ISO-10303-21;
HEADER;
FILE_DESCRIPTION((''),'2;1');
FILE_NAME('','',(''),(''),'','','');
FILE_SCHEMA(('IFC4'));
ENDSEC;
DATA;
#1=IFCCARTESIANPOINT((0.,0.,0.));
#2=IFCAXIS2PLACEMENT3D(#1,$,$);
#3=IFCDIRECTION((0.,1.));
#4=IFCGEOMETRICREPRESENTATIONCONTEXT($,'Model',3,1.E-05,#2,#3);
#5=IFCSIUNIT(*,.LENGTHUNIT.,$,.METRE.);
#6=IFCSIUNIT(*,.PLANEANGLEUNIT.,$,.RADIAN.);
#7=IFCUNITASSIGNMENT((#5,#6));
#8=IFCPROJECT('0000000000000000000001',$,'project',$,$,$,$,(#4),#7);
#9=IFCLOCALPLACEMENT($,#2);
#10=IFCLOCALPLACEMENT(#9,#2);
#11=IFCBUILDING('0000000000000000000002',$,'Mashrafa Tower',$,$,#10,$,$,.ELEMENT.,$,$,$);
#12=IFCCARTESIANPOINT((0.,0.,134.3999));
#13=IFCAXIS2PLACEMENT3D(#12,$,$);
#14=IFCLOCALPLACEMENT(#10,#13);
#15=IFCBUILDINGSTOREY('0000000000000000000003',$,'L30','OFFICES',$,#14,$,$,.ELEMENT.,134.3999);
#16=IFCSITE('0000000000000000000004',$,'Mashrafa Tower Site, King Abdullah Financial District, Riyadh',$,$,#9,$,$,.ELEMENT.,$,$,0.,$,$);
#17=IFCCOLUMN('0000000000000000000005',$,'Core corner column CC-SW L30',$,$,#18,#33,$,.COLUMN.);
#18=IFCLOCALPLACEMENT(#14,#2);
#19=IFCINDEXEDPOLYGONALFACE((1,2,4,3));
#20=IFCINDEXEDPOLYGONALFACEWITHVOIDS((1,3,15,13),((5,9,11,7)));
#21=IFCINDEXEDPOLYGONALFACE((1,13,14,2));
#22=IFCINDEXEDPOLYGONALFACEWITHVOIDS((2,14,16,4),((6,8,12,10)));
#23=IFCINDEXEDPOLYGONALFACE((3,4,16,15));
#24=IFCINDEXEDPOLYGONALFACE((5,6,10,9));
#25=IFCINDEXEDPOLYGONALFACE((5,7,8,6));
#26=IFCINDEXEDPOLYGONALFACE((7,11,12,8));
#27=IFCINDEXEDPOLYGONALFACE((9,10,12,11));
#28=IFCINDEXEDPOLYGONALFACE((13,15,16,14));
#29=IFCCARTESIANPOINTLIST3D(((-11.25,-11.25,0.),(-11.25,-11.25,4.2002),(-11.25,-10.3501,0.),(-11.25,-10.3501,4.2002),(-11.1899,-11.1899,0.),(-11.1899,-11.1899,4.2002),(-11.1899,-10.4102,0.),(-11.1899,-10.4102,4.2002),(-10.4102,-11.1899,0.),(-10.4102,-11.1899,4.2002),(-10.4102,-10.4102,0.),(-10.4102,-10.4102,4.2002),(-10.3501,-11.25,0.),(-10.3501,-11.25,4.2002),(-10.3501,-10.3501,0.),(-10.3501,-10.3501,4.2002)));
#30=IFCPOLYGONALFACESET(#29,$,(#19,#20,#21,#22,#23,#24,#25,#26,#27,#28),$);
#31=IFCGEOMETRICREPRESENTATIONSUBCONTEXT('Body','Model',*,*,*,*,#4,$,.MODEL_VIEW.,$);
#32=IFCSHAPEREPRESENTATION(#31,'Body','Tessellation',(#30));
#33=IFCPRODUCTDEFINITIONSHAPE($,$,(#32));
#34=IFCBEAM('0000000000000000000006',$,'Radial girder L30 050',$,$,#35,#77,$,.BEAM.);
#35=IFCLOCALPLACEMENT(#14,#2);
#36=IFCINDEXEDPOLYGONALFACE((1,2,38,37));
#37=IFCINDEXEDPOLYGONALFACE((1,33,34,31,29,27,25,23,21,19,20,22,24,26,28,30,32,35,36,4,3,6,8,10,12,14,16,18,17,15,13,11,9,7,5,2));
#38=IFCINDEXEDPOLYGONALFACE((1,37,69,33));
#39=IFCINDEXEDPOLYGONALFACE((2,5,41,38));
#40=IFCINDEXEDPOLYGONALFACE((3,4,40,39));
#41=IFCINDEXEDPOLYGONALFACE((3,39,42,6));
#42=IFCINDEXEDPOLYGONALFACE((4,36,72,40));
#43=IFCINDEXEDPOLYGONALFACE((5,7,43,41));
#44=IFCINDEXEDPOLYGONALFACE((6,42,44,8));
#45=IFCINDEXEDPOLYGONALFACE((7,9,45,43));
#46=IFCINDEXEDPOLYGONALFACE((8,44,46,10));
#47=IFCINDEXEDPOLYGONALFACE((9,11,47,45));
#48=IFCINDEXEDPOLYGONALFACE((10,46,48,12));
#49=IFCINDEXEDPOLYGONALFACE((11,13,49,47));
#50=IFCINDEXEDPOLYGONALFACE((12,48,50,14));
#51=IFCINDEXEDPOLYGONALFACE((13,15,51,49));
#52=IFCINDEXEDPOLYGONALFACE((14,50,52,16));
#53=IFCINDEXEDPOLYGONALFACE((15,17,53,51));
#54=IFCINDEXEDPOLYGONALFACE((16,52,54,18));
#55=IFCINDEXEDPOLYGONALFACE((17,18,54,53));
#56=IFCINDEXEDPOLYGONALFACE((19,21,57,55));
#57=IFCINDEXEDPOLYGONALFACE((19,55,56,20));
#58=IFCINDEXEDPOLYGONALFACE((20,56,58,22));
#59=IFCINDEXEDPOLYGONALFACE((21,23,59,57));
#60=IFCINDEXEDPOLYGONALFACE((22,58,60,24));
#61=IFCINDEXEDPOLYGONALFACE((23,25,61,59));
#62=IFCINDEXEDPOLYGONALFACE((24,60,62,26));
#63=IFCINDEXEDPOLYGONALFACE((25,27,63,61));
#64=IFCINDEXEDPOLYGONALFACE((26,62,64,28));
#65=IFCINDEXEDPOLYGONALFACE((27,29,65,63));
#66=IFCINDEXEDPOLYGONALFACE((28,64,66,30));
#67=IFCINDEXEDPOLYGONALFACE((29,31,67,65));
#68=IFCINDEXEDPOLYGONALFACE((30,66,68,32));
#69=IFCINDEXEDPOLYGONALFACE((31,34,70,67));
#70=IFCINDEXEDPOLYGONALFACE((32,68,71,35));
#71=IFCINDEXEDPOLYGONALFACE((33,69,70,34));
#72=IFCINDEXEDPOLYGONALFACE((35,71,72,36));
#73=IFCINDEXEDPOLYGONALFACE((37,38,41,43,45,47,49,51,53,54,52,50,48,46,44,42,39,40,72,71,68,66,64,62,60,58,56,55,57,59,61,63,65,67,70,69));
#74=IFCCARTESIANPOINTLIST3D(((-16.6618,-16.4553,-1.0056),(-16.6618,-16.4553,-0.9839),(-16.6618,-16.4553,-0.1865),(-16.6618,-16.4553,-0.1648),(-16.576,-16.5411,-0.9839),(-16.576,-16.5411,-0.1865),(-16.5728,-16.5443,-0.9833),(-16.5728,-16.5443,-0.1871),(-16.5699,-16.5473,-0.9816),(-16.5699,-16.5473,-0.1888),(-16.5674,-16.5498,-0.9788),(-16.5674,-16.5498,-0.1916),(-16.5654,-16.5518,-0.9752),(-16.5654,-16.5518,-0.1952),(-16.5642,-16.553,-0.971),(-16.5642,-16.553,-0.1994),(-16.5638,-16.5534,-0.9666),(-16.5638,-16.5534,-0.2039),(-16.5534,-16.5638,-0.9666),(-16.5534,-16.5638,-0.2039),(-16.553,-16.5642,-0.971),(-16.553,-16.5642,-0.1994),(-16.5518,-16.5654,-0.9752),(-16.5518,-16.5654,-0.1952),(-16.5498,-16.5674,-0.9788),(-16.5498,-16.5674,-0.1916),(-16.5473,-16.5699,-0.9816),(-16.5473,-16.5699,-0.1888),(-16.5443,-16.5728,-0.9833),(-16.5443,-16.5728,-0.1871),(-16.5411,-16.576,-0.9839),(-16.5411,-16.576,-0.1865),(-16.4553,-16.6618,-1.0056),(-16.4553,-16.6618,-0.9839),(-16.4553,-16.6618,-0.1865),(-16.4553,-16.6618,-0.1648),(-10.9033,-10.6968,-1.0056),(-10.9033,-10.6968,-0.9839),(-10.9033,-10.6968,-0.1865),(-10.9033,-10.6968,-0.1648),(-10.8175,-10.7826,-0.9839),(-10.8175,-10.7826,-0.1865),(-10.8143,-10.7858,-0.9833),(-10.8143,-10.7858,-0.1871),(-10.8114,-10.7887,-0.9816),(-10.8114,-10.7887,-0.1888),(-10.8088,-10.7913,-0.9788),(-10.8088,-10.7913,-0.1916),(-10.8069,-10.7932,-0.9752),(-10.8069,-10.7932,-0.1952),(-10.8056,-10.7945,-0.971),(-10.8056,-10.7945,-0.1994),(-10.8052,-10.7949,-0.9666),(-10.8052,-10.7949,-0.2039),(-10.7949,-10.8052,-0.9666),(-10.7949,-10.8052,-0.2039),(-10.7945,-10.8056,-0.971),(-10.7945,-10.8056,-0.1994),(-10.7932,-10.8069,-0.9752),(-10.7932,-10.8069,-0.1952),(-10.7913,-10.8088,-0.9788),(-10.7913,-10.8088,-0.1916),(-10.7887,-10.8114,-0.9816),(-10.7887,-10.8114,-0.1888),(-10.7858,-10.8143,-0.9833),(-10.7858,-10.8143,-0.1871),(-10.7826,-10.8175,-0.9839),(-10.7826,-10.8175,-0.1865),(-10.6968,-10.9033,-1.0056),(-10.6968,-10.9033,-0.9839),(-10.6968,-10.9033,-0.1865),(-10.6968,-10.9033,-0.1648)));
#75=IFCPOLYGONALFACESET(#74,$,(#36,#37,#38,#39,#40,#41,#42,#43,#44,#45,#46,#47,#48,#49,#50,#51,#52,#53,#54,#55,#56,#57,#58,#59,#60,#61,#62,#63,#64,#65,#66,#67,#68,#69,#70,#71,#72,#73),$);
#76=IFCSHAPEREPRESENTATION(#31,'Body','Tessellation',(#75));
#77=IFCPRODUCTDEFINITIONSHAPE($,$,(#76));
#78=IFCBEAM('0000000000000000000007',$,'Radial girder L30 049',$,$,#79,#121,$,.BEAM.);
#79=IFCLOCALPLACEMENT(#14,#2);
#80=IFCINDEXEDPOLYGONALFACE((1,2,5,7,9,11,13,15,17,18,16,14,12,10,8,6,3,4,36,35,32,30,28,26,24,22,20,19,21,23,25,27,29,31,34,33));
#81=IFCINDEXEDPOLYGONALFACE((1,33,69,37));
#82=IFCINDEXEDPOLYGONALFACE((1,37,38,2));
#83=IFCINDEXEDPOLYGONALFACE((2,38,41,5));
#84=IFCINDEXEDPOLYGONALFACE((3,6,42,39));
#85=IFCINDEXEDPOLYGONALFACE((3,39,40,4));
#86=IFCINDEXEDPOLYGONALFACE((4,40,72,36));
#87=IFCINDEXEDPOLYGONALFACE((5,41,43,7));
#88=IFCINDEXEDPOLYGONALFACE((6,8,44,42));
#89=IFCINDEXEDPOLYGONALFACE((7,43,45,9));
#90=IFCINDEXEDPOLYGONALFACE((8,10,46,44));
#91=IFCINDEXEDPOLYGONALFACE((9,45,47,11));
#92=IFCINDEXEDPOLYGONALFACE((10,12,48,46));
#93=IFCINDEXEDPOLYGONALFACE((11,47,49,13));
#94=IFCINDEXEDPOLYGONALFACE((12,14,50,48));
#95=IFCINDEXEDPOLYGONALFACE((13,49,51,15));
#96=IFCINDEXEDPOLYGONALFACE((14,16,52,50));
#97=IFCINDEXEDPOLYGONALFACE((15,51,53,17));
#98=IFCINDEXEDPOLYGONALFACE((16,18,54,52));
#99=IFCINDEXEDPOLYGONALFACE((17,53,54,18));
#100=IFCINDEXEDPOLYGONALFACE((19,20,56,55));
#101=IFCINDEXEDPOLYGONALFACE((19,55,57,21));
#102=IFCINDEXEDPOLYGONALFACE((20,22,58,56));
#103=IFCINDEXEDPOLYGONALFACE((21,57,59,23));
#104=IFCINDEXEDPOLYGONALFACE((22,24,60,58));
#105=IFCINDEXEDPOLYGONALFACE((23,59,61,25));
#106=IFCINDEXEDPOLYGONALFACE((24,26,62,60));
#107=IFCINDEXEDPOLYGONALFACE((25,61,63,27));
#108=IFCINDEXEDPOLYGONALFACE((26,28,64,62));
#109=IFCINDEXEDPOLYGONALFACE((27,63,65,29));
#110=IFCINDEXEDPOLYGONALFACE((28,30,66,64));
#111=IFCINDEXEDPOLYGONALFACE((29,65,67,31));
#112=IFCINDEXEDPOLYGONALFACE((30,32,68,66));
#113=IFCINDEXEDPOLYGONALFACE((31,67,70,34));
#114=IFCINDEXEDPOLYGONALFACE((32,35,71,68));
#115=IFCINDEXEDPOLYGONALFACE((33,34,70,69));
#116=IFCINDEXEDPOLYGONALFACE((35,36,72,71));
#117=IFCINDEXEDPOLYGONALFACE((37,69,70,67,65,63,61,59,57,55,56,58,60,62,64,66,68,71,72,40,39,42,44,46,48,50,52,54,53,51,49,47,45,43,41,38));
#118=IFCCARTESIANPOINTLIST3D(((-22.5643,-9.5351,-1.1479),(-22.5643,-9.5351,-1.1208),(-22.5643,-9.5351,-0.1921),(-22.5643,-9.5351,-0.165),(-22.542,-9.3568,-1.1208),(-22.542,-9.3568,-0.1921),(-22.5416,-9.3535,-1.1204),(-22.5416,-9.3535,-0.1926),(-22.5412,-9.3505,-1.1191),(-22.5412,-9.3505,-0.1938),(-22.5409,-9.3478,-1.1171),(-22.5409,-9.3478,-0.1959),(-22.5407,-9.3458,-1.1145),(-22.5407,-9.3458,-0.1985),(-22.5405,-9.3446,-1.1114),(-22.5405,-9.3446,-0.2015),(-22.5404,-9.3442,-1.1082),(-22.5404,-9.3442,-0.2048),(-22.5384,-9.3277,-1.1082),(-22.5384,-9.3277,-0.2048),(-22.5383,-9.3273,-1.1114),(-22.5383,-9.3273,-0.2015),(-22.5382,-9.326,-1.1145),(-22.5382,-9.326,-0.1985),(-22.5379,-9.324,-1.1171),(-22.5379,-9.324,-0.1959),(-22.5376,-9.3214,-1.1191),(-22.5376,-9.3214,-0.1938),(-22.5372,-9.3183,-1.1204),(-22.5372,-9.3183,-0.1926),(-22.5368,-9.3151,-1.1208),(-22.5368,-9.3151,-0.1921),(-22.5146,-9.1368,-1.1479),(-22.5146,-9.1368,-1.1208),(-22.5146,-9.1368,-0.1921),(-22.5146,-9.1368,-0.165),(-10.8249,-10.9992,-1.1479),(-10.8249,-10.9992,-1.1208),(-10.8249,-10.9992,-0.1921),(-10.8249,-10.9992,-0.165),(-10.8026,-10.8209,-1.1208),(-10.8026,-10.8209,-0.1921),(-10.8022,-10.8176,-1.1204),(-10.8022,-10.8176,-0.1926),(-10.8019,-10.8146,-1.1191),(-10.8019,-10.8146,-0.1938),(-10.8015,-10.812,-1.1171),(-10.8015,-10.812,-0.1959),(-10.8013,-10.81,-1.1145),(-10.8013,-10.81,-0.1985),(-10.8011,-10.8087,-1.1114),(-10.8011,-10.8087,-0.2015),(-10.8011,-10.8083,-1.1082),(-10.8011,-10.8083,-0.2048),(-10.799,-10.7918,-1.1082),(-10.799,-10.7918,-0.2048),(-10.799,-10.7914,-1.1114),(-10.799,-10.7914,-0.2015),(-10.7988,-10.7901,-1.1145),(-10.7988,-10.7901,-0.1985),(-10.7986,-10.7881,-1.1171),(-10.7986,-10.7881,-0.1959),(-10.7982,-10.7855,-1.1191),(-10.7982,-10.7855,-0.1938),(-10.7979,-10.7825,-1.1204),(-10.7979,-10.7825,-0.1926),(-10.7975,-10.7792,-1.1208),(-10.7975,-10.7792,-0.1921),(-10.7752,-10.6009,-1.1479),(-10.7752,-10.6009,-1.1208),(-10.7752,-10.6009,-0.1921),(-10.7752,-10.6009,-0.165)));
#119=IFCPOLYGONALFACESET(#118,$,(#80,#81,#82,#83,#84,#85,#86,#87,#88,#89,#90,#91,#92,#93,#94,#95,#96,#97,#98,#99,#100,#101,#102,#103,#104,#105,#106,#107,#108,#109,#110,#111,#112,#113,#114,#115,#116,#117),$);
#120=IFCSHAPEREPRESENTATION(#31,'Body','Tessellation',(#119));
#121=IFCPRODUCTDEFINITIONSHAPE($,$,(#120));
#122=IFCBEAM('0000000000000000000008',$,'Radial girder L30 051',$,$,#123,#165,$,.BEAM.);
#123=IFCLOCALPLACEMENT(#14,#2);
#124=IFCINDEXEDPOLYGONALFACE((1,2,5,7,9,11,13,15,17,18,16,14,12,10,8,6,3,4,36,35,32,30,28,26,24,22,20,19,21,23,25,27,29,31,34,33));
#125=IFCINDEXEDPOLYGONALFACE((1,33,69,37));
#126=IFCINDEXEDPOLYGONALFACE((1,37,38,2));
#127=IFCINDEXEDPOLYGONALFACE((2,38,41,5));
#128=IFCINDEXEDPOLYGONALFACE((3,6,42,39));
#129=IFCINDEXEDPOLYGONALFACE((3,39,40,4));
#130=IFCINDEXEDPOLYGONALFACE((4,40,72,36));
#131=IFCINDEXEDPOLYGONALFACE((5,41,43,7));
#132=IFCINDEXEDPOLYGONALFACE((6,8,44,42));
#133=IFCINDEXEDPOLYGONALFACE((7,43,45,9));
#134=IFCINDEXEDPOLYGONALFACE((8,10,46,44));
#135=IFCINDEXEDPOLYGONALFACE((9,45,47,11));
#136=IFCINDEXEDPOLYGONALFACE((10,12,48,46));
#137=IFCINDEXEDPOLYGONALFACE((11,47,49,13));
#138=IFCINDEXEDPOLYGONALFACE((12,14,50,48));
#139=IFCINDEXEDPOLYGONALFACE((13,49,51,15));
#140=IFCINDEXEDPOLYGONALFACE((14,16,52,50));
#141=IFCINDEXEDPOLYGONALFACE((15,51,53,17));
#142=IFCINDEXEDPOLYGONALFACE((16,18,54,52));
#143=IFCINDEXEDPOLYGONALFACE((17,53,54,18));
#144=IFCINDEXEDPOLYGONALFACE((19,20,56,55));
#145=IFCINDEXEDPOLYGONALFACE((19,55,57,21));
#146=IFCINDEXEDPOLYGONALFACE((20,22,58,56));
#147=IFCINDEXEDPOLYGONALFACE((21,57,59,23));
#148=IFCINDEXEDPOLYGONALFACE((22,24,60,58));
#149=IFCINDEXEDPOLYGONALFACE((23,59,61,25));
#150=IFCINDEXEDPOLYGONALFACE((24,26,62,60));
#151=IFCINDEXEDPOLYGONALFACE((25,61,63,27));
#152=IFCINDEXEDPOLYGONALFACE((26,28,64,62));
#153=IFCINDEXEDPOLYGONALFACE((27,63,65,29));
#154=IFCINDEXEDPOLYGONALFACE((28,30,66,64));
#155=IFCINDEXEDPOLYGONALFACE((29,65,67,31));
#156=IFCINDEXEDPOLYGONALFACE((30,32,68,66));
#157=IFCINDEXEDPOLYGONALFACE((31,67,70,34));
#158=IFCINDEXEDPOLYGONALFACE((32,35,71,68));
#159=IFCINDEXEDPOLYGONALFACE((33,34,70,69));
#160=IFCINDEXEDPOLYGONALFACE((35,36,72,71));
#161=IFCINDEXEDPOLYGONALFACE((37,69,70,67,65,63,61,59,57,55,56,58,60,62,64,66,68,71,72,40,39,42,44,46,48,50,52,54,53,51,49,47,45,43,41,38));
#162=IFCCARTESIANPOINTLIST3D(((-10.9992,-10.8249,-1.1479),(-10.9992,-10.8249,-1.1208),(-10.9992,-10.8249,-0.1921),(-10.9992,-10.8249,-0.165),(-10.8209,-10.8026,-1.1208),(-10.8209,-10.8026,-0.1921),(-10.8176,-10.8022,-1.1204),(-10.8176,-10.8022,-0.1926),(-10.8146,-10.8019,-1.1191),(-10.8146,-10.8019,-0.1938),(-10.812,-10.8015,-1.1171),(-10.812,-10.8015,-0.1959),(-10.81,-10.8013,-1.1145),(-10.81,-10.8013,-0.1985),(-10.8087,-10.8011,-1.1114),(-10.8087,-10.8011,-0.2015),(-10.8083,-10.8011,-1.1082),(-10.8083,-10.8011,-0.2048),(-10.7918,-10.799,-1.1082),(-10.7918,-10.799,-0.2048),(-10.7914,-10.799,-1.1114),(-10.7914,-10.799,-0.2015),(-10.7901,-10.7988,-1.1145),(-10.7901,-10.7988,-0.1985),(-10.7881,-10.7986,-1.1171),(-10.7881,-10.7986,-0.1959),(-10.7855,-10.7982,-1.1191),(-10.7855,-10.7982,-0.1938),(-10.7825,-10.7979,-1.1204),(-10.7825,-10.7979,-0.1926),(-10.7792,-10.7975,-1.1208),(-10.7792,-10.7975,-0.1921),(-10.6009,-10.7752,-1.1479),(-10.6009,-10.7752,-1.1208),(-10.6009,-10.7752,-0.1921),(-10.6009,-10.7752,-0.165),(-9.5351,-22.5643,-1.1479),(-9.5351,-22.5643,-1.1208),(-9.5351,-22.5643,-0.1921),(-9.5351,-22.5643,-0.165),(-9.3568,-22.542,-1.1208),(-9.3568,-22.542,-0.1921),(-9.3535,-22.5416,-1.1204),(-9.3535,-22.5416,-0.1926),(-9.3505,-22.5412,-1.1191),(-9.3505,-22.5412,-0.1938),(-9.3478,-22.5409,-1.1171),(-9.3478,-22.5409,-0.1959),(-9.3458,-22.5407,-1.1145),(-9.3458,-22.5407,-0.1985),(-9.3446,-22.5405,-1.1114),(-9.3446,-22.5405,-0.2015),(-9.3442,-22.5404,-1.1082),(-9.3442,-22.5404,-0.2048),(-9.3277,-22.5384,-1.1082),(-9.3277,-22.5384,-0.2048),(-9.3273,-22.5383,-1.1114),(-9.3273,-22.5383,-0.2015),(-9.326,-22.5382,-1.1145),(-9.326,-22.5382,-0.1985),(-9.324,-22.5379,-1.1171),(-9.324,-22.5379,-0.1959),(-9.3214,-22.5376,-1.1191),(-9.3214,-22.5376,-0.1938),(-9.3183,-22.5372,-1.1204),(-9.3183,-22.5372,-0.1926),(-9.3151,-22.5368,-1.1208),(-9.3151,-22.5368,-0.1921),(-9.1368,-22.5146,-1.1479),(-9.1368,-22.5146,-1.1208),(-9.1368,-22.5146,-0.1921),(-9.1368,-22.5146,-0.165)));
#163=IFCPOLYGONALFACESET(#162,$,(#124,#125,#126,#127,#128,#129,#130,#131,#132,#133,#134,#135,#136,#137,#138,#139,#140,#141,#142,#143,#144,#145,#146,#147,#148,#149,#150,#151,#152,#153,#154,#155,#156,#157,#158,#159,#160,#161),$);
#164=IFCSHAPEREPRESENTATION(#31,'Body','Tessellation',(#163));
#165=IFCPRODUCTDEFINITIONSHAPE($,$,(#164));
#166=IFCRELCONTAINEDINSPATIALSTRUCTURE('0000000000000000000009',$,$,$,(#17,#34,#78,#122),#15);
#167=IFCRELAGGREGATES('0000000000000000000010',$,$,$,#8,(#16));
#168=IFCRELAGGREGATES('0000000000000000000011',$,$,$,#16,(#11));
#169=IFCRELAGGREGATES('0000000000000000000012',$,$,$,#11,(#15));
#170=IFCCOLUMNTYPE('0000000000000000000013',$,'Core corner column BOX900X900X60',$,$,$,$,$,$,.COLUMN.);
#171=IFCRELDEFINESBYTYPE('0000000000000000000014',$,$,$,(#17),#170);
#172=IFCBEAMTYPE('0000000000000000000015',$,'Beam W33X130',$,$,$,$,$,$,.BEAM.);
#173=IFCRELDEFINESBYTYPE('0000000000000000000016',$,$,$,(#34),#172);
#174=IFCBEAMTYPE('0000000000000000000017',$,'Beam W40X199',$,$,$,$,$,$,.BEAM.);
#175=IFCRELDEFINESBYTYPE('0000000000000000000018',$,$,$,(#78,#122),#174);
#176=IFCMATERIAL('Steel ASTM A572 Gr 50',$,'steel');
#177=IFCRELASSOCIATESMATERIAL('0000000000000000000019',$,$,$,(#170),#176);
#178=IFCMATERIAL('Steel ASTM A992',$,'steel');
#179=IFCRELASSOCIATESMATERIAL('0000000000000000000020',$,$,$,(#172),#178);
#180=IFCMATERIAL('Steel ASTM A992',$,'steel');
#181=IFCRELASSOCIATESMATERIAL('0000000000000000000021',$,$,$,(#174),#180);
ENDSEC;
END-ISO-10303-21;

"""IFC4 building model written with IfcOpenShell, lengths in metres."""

from ifc_helpers import new_model, si_unit, direction, frame, origin, origin_2d, place, context, subcontext, project, spatial, hollow_rectangle, i_section, extrude, material, material_profile, profile_set, type_object, element, save


model = new_model("IFC4")

# Units and contexts
model_context = context("Model", 3, precision=1e-05, world=origin(), true_north=direction((0.0, 1.0)))
body_context = subcontext(model_context, "Body", "Model", "MODEL_VIEW")
ifc_project = project(units=[si_unit("LENGTHUNIT", "METRE"), si_unit("PLANEANGLEUNIT", "RADIAN")], contexts=[model_context])

# Site, building, storey
site_placement = place(None, origin())
site = spatial("IfcSite", under=ifc_project, at=site_placement, Name="Mashrafa Tower Site, King Abdullah Financial District, Riyadh", CompositionType="ELEMENT", RefElevation=0.0)
building_placement = place(site_placement, origin())
building = spatial("IfcBuilding", under=site, at=building_placement, Name="Mashrafa Tower", CompositionType="ELEMENT")
storey_placement = place(building_placement, frame((0.0, 0.0, 134.3999)))
storey = spatial("IfcBuildingStorey", under=building, at=storey_placement, Name="L30", Description="OFFICES", CompositionType="ELEMENT", Elevation=134.3999)

# Column
ifc_material_1 = material(Name="Steel ASTM A572 Gr 50", Category="steel")
ifc_material_profile_1 = material_profile(ifc_material_1, hollow_rectangle(XDim=0.8999, YDim=0.8999, WallThickness=0.0601, at=origin_2d()), Name="BOX900X900X60")
ifc_profile_set_1 = profile_set([ifc_material_profile_1], Name="Steel ASTM A572 Gr 50")
column_type = type_object("IfcColumnType", Name="Core corner column BOX900X900X60", PredefinedType="COLUMN", material=ifc_profile_set_1)
column_placement = place(storey_placement, frame((-10.8, -10.8, 0.0), z_axis=(0.0, 0.0, 1.0), x_axis=(1.0, 0.0, 0.0)))
element("IfcColumn", 1, at=column_placement, inside=storey, type_object=column_type, Name="Core corner column CC-SW L30", PredefinedType="COLUMN", context=body_context, shape_type="SweptSolid", body=[
    extrude(hollow_rectangle(XDim=0.8999, YDim=0.8999, WallThickness=0.0601, at=origin_2d()), origin(), (0.0, 0.0, 1.0), 4.2002),
])

# Beams
ifc_material_2 = material(Name="Steel ASTM A992", Category="steel")
ifc_material_profile_2 = material_profile(ifc_material_2, i_section(OverallWidth=0.292, OverallDepth=0.8408, WebThickness=0.0146, FlangeThickness=0.0217, FilletRadius=0.0173, at=origin_2d()), Name="W33X130")
ifc_profile_set_2 = profile_set([ifc_material_profile_2], Name="Steel ASTM A992")
beam_type_1 = type_object("IfcBeamType", Name="Beam W33X130", PredefinedType="BEAM", material=ifc_profile_set_2)
beam_1_placement = place(storey_placement, frame((-10.8, -10.8, -0.5852), z_axis=(-0.707107, -0.707107, 0.0), x_axis=(0.707107, -0.707107, 0.0)))
element("IfcBeam", 2, at=beam_1_placement, inside=storey, type_object=beam_type_1, Name="Radial girder L30 050", PredefinedType="BEAM", context=body_context, shape_type="SweptSolid", body=[
    extrude(i_section(OverallWidth=0.292, OverallDepth=0.8408, WebThickness=0.0146, FlangeThickness=0.0217, FilletRadius=0.0173, at=origin_2d()), origin(), (0.0, 0.0, 1.0), 8.1438),
])
ifc_material_3 = material(Name="Steel ASTM A992", Category="steel")
ifc_material_profile_3 = material_profile(ifc_material_3, i_section(OverallWidth=0.4014, OverallDepth=0.9829, WebThickness=0.0166, FlangeThickness=0.0271, FilletRadius=0.0127, at=origin_2d()), Name="W40X199")
ifc_profile_set_3 = profile_set([ifc_material_profile_3], Name="Steel ASTM A992")
beam_type_2 = type_object("IfcBeamType", Name="Beam W40X199", PredefinedType="BEAM", material=ifc_profile_set_3)
for number, where, z_axis, x_axis, name in (
    (3, (-10.8, -10.8, -0.6565), (-0.992312, 0.12376, 0.0), (-0.12376, -0.992312, 0.0), "Radial girder L30 049"),
    (4, (-10.8, -10.8, -0.6565), (0.12376, -0.992312, 0.0), (0.992312, 0.12376, 0.0), "Radial girder L30 051"),
):
    element("IfcBeam", number, at=place(storey_placement, frame(where, z_axis=z_axis, x_axis=x_axis)), inside=storey, type_object=beam_type_2, Name=name, PredefinedType="BEAM", context=body_context, shape_type="SweptSolid", body=[
        extrude(i_section(OverallWidth=0.4014, OverallDepth=0.9829, WebThickness=0.0166, FlangeThickness=0.0271, FilletRadius=0.0127, at=origin_2d()), origin(), (0.0, 0.0, 1.0), 11.8303),
    ])

save(model, "model.ifc")
